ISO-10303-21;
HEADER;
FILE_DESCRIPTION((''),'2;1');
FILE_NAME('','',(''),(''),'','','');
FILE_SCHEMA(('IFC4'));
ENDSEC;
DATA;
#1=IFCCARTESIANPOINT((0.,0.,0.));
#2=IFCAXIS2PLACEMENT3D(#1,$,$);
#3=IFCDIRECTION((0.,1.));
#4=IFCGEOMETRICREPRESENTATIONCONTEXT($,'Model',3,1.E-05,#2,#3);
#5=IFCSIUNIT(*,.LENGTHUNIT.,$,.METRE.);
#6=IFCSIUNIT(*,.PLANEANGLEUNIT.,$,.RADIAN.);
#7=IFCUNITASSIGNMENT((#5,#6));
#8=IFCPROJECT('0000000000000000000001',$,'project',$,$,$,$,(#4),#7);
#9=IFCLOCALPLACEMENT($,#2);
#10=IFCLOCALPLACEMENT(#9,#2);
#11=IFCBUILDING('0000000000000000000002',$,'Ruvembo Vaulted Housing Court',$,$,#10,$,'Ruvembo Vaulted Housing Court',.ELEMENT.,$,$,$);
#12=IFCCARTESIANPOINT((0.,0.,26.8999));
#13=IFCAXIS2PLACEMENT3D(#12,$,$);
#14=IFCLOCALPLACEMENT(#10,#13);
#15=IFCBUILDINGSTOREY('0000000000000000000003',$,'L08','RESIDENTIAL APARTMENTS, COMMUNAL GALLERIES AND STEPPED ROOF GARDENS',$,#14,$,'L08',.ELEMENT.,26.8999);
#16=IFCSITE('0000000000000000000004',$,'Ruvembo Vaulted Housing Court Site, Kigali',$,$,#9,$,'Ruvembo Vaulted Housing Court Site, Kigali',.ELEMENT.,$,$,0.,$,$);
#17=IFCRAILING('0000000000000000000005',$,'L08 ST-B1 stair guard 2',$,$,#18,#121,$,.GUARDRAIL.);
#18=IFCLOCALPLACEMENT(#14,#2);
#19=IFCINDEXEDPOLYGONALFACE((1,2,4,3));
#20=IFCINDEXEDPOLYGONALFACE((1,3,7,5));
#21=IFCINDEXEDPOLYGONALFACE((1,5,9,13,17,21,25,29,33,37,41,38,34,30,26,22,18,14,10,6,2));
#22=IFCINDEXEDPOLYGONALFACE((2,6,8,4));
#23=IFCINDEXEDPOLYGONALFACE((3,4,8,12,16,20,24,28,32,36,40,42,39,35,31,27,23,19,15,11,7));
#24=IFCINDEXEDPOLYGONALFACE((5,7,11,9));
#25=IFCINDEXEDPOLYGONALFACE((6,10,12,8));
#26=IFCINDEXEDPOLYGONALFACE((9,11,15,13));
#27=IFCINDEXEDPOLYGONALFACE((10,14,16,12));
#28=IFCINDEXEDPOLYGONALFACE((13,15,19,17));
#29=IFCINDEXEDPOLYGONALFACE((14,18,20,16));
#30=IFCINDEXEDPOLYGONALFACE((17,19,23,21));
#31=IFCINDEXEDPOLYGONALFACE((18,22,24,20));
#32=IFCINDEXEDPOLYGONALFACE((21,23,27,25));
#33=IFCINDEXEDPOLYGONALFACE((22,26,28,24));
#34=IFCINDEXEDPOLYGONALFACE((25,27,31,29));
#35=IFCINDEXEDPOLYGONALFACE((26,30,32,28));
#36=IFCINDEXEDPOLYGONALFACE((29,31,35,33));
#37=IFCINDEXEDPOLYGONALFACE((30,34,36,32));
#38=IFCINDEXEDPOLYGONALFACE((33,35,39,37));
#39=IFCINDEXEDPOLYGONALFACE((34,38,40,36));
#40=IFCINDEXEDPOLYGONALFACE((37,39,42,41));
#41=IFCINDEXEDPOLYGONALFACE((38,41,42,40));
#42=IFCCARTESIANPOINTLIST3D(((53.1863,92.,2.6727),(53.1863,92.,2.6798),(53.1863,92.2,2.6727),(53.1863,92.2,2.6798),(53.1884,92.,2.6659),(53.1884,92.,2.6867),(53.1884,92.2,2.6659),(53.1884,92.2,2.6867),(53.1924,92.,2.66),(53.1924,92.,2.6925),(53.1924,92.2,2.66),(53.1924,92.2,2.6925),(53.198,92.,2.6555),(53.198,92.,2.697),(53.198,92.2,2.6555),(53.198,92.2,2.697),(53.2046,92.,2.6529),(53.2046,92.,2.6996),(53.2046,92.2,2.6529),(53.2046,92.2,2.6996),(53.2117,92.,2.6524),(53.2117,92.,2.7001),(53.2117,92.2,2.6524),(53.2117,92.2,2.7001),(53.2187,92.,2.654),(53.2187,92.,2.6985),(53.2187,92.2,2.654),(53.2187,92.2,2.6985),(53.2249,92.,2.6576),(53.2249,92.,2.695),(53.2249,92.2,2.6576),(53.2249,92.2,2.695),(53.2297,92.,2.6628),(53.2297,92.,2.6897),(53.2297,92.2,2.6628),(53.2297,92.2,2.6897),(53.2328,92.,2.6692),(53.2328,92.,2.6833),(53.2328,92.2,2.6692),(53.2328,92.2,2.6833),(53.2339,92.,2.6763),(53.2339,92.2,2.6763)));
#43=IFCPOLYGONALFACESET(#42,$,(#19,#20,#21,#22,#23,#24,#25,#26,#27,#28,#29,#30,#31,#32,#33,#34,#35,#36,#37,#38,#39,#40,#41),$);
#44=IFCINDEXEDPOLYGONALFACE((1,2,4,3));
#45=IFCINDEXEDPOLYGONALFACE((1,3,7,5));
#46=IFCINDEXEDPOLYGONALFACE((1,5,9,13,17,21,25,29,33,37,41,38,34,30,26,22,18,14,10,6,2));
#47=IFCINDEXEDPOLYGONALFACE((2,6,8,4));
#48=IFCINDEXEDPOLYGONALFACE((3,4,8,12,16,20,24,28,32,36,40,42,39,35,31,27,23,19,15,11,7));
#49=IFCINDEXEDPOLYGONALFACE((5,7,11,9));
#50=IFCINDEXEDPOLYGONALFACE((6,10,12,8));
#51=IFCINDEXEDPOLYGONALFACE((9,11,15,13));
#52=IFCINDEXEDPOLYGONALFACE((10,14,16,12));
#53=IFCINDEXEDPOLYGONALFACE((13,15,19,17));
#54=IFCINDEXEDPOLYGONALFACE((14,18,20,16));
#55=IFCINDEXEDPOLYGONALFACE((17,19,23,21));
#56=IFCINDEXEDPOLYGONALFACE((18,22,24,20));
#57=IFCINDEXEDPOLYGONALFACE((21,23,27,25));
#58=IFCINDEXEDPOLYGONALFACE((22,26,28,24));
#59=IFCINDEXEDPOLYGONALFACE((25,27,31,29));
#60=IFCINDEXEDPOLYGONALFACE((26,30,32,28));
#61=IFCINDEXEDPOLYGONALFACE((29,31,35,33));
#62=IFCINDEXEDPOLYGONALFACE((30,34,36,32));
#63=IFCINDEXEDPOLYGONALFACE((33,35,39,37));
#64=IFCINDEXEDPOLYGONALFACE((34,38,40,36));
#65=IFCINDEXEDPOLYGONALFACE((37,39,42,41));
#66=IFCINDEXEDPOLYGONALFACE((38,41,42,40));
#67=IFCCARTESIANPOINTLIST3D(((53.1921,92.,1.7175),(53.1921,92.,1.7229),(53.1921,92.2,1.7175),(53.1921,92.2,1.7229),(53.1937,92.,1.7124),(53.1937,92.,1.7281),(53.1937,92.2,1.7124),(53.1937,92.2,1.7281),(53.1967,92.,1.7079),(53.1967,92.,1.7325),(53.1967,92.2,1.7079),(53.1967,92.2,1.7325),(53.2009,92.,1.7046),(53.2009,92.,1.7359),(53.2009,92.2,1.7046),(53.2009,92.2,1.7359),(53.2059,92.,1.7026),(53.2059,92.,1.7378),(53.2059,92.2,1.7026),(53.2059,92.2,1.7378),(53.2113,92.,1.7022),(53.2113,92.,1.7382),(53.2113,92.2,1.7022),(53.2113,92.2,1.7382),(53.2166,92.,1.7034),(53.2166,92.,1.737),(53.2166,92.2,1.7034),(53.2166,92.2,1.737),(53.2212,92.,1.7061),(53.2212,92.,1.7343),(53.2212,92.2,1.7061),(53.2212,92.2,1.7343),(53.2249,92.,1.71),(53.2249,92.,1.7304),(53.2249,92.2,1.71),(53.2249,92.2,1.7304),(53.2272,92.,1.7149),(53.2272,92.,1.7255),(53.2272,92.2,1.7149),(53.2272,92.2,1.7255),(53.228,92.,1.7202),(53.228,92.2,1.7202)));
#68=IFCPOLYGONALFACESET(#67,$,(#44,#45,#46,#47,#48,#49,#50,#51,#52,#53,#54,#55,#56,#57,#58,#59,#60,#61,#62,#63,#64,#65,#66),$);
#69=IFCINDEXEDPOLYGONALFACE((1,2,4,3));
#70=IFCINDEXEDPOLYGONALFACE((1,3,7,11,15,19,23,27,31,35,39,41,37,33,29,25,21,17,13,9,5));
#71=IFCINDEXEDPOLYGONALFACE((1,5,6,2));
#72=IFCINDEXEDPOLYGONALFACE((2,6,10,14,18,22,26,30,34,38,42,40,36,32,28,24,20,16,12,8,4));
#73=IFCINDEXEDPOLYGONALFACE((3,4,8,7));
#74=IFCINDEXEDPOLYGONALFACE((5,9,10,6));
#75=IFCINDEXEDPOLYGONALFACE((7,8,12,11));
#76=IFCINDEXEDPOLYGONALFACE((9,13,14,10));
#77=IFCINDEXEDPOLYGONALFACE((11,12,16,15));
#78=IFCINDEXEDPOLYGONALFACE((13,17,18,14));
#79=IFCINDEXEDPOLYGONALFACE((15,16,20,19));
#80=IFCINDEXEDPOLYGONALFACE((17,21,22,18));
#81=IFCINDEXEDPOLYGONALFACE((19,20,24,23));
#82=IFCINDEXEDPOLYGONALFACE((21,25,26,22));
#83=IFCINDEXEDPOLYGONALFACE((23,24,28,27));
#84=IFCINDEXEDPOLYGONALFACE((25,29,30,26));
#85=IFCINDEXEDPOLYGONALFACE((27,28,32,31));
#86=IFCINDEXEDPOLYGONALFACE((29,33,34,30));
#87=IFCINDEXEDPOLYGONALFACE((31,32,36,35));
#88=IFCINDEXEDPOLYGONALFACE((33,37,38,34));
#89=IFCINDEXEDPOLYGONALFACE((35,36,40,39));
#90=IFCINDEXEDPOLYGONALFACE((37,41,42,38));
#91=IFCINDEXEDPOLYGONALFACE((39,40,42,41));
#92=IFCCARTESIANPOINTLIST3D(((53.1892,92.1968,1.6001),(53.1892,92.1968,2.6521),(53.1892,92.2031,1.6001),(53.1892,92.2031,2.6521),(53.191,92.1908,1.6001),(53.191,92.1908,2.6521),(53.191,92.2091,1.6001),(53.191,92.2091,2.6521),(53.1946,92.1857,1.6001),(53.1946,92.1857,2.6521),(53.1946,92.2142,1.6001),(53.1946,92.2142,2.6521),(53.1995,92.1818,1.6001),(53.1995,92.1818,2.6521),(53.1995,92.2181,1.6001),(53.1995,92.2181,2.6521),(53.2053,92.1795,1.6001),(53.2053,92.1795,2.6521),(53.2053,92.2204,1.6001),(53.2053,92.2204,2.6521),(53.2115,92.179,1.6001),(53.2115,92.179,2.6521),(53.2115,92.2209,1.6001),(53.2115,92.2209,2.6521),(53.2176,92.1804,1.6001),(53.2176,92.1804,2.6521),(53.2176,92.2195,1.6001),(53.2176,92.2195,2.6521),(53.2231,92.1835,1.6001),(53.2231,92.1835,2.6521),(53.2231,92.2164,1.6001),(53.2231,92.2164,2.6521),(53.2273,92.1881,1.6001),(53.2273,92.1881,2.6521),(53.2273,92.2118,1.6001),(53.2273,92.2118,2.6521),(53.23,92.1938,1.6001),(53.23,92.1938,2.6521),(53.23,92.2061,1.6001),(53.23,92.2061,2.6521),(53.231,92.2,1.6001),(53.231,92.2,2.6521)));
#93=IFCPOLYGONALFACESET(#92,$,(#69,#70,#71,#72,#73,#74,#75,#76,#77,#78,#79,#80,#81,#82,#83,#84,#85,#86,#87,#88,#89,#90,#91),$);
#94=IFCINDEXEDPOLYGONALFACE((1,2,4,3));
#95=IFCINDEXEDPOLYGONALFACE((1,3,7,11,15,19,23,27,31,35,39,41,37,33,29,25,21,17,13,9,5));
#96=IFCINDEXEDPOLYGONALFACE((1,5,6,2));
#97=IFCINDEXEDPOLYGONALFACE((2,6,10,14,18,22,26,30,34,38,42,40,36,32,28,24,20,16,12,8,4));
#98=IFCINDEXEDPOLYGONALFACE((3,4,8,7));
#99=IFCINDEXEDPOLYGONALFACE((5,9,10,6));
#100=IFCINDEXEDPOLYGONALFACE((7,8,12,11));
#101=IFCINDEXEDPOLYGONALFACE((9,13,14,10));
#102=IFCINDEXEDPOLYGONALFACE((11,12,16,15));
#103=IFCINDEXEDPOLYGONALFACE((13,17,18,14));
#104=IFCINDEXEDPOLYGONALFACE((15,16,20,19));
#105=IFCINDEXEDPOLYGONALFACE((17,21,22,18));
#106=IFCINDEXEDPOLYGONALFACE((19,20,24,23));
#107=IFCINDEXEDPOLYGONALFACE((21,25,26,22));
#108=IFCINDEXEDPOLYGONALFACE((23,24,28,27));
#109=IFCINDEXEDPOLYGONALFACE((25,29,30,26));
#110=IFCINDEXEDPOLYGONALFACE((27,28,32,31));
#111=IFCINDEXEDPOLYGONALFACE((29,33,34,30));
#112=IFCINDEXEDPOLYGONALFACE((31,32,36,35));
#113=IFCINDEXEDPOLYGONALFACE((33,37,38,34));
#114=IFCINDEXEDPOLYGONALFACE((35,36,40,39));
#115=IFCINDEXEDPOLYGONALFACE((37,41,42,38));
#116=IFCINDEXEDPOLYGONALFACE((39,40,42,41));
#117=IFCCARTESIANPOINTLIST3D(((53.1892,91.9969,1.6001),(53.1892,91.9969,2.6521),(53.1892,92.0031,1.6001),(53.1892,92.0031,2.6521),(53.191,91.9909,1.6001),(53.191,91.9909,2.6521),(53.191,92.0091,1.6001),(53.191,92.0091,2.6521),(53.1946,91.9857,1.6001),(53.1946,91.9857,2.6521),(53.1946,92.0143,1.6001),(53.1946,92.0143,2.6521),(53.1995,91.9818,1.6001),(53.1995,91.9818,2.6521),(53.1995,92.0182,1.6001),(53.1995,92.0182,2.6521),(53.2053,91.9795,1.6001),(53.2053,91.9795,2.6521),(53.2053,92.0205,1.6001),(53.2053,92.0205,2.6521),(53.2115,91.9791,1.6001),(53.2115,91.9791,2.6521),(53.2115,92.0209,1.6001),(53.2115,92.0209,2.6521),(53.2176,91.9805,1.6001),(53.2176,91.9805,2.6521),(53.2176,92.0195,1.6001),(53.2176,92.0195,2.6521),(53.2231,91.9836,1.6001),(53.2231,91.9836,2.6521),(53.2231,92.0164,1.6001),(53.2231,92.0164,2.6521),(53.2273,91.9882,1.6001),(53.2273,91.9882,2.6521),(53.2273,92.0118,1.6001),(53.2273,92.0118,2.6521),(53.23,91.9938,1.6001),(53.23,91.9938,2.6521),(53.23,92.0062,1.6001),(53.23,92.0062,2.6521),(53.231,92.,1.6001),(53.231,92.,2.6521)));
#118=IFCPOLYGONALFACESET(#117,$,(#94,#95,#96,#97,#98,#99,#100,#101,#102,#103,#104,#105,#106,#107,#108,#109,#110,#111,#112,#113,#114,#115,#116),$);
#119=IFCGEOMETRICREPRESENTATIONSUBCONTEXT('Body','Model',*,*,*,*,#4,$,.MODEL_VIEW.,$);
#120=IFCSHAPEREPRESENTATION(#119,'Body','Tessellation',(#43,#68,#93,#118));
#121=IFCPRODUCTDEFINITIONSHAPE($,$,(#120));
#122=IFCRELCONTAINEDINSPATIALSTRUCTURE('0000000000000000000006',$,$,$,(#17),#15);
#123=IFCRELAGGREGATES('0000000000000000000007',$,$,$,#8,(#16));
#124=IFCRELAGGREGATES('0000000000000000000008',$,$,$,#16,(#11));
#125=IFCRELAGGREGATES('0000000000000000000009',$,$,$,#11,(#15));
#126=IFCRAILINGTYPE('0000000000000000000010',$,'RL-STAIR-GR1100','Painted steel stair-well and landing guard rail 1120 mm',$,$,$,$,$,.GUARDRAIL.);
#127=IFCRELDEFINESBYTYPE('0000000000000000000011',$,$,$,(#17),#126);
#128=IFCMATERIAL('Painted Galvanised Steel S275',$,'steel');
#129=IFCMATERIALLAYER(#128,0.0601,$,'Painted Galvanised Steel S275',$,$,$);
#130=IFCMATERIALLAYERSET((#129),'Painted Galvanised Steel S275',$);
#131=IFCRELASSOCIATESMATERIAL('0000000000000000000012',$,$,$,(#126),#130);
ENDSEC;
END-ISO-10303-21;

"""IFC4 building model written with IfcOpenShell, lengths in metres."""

from ifc_helpers import new_model, si_unit, direction, frame, origin, origin_2d, place, context, subcontext, project, spatial, circle, extrude, material, layer, layer_set, type_object, element, save


model = new_model("IFC4")

# Units and contexts
model_context = context("Model", 3, precision=1e-05, world=origin(), true_north=direction((0.0, 1.0)))
body_context = subcontext(model_context, "Body", "Model", "MODEL_VIEW")
ifc_project = project(units=[si_unit("LENGTHUNIT", "METRE"), si_unit("PLANEANGLEUNIT", "RADIAN")], contexts=[model_context])

# Site, building, storey
site_placement = place(None, origin())
site = spatial("IfcSite", under=ifc_project, at=site_placement, Name="Ruvembo Vaulted Housing Court Site, Kigali", LongName="Ruvembo Vaulted Housing Court Site, Kigali", CompositionType="ELEMENT", RefElevation=0.0)
building_placement = place(site_placement, origin())
building = spatial("IfcBuilding", under=site, at=building_placement, Name="Ruvembo Vaulted Housing Court", LongName="Ruvembo Vaulted Housing Court", CompositionType="ELEMENT")
storey_placement = place(building_placement, frame((0.0, 0.0, 26.8999)))
storey = spatial("IfcBuildingStorey", under=building, at=storey_placement, Name="L08", Description="RESIDENTIAL APARTMENTS, COMMUNAL GALLERIES AND STEPPED ROOF GARDENS", LongName="L08", CompositionType="ELEMENT", Elevation=26.8999)

# Railing
ifc_material_1 = material(Name="Painted Galvanised Steel S275", Category="steel")
ifc_layer_1 = layer(ifc_material_1, 0.0601, Name="Painted Galvanised Steel S275")
ifc_layer_set_1 = layer_set([ifc_layer_1], Name="Painted Galvanised Steel S275")
railing_type_1 = type_object("IfcRailingType", Name="RL-STAIR-GR1100", Description="Painted steel stair-well and landing guard rail 1120 mm", PredefinedType="GUARDRAIL", material=ifc_layer_set_1)
railing_1_placement = place(storey_placement, frame((53.21, 92.2, 1.6001)))
element("IfcRailing", 1, at=railing_1_placement, inside=storey, type_object=railing_type_1, Name="L08 ST-B1 stair guard 2", PredefinedType="GUARDRAIL", context=body_context, shape_type="SweptSolid", body=[
    extrude(circle(Radius=0.0239, at=origin_2d()), frame((0.0, 0.0, 1.0762), z_axis=(0.0, -1.0, 0.0), x_axis=(1.0, 0.0, 0.0)), (0.0, 0.0, 1.0), 0.2),
    extrude(circle(Radius=0.0181, at=origin_2d()), frame((0.0, 0.0, 0.1201), z_axis=(0.0, -1.0, 0.0), x_axis=(1.0, 0.0, 0.0)), (0.0, 0.0, 1.0), 0.2),
    extrude(circle(Radius=0.021, at=origin_2d()), origin(), (0.0, 0.0, 1.0), 1.052),
    extrude(circle(Radius=0.021, at=origin_2d()), frame((0.0, -0.2, 0.0)), (0.0, 0.0, 1.0), 1.052),
])

save(model, "model.ifc")
